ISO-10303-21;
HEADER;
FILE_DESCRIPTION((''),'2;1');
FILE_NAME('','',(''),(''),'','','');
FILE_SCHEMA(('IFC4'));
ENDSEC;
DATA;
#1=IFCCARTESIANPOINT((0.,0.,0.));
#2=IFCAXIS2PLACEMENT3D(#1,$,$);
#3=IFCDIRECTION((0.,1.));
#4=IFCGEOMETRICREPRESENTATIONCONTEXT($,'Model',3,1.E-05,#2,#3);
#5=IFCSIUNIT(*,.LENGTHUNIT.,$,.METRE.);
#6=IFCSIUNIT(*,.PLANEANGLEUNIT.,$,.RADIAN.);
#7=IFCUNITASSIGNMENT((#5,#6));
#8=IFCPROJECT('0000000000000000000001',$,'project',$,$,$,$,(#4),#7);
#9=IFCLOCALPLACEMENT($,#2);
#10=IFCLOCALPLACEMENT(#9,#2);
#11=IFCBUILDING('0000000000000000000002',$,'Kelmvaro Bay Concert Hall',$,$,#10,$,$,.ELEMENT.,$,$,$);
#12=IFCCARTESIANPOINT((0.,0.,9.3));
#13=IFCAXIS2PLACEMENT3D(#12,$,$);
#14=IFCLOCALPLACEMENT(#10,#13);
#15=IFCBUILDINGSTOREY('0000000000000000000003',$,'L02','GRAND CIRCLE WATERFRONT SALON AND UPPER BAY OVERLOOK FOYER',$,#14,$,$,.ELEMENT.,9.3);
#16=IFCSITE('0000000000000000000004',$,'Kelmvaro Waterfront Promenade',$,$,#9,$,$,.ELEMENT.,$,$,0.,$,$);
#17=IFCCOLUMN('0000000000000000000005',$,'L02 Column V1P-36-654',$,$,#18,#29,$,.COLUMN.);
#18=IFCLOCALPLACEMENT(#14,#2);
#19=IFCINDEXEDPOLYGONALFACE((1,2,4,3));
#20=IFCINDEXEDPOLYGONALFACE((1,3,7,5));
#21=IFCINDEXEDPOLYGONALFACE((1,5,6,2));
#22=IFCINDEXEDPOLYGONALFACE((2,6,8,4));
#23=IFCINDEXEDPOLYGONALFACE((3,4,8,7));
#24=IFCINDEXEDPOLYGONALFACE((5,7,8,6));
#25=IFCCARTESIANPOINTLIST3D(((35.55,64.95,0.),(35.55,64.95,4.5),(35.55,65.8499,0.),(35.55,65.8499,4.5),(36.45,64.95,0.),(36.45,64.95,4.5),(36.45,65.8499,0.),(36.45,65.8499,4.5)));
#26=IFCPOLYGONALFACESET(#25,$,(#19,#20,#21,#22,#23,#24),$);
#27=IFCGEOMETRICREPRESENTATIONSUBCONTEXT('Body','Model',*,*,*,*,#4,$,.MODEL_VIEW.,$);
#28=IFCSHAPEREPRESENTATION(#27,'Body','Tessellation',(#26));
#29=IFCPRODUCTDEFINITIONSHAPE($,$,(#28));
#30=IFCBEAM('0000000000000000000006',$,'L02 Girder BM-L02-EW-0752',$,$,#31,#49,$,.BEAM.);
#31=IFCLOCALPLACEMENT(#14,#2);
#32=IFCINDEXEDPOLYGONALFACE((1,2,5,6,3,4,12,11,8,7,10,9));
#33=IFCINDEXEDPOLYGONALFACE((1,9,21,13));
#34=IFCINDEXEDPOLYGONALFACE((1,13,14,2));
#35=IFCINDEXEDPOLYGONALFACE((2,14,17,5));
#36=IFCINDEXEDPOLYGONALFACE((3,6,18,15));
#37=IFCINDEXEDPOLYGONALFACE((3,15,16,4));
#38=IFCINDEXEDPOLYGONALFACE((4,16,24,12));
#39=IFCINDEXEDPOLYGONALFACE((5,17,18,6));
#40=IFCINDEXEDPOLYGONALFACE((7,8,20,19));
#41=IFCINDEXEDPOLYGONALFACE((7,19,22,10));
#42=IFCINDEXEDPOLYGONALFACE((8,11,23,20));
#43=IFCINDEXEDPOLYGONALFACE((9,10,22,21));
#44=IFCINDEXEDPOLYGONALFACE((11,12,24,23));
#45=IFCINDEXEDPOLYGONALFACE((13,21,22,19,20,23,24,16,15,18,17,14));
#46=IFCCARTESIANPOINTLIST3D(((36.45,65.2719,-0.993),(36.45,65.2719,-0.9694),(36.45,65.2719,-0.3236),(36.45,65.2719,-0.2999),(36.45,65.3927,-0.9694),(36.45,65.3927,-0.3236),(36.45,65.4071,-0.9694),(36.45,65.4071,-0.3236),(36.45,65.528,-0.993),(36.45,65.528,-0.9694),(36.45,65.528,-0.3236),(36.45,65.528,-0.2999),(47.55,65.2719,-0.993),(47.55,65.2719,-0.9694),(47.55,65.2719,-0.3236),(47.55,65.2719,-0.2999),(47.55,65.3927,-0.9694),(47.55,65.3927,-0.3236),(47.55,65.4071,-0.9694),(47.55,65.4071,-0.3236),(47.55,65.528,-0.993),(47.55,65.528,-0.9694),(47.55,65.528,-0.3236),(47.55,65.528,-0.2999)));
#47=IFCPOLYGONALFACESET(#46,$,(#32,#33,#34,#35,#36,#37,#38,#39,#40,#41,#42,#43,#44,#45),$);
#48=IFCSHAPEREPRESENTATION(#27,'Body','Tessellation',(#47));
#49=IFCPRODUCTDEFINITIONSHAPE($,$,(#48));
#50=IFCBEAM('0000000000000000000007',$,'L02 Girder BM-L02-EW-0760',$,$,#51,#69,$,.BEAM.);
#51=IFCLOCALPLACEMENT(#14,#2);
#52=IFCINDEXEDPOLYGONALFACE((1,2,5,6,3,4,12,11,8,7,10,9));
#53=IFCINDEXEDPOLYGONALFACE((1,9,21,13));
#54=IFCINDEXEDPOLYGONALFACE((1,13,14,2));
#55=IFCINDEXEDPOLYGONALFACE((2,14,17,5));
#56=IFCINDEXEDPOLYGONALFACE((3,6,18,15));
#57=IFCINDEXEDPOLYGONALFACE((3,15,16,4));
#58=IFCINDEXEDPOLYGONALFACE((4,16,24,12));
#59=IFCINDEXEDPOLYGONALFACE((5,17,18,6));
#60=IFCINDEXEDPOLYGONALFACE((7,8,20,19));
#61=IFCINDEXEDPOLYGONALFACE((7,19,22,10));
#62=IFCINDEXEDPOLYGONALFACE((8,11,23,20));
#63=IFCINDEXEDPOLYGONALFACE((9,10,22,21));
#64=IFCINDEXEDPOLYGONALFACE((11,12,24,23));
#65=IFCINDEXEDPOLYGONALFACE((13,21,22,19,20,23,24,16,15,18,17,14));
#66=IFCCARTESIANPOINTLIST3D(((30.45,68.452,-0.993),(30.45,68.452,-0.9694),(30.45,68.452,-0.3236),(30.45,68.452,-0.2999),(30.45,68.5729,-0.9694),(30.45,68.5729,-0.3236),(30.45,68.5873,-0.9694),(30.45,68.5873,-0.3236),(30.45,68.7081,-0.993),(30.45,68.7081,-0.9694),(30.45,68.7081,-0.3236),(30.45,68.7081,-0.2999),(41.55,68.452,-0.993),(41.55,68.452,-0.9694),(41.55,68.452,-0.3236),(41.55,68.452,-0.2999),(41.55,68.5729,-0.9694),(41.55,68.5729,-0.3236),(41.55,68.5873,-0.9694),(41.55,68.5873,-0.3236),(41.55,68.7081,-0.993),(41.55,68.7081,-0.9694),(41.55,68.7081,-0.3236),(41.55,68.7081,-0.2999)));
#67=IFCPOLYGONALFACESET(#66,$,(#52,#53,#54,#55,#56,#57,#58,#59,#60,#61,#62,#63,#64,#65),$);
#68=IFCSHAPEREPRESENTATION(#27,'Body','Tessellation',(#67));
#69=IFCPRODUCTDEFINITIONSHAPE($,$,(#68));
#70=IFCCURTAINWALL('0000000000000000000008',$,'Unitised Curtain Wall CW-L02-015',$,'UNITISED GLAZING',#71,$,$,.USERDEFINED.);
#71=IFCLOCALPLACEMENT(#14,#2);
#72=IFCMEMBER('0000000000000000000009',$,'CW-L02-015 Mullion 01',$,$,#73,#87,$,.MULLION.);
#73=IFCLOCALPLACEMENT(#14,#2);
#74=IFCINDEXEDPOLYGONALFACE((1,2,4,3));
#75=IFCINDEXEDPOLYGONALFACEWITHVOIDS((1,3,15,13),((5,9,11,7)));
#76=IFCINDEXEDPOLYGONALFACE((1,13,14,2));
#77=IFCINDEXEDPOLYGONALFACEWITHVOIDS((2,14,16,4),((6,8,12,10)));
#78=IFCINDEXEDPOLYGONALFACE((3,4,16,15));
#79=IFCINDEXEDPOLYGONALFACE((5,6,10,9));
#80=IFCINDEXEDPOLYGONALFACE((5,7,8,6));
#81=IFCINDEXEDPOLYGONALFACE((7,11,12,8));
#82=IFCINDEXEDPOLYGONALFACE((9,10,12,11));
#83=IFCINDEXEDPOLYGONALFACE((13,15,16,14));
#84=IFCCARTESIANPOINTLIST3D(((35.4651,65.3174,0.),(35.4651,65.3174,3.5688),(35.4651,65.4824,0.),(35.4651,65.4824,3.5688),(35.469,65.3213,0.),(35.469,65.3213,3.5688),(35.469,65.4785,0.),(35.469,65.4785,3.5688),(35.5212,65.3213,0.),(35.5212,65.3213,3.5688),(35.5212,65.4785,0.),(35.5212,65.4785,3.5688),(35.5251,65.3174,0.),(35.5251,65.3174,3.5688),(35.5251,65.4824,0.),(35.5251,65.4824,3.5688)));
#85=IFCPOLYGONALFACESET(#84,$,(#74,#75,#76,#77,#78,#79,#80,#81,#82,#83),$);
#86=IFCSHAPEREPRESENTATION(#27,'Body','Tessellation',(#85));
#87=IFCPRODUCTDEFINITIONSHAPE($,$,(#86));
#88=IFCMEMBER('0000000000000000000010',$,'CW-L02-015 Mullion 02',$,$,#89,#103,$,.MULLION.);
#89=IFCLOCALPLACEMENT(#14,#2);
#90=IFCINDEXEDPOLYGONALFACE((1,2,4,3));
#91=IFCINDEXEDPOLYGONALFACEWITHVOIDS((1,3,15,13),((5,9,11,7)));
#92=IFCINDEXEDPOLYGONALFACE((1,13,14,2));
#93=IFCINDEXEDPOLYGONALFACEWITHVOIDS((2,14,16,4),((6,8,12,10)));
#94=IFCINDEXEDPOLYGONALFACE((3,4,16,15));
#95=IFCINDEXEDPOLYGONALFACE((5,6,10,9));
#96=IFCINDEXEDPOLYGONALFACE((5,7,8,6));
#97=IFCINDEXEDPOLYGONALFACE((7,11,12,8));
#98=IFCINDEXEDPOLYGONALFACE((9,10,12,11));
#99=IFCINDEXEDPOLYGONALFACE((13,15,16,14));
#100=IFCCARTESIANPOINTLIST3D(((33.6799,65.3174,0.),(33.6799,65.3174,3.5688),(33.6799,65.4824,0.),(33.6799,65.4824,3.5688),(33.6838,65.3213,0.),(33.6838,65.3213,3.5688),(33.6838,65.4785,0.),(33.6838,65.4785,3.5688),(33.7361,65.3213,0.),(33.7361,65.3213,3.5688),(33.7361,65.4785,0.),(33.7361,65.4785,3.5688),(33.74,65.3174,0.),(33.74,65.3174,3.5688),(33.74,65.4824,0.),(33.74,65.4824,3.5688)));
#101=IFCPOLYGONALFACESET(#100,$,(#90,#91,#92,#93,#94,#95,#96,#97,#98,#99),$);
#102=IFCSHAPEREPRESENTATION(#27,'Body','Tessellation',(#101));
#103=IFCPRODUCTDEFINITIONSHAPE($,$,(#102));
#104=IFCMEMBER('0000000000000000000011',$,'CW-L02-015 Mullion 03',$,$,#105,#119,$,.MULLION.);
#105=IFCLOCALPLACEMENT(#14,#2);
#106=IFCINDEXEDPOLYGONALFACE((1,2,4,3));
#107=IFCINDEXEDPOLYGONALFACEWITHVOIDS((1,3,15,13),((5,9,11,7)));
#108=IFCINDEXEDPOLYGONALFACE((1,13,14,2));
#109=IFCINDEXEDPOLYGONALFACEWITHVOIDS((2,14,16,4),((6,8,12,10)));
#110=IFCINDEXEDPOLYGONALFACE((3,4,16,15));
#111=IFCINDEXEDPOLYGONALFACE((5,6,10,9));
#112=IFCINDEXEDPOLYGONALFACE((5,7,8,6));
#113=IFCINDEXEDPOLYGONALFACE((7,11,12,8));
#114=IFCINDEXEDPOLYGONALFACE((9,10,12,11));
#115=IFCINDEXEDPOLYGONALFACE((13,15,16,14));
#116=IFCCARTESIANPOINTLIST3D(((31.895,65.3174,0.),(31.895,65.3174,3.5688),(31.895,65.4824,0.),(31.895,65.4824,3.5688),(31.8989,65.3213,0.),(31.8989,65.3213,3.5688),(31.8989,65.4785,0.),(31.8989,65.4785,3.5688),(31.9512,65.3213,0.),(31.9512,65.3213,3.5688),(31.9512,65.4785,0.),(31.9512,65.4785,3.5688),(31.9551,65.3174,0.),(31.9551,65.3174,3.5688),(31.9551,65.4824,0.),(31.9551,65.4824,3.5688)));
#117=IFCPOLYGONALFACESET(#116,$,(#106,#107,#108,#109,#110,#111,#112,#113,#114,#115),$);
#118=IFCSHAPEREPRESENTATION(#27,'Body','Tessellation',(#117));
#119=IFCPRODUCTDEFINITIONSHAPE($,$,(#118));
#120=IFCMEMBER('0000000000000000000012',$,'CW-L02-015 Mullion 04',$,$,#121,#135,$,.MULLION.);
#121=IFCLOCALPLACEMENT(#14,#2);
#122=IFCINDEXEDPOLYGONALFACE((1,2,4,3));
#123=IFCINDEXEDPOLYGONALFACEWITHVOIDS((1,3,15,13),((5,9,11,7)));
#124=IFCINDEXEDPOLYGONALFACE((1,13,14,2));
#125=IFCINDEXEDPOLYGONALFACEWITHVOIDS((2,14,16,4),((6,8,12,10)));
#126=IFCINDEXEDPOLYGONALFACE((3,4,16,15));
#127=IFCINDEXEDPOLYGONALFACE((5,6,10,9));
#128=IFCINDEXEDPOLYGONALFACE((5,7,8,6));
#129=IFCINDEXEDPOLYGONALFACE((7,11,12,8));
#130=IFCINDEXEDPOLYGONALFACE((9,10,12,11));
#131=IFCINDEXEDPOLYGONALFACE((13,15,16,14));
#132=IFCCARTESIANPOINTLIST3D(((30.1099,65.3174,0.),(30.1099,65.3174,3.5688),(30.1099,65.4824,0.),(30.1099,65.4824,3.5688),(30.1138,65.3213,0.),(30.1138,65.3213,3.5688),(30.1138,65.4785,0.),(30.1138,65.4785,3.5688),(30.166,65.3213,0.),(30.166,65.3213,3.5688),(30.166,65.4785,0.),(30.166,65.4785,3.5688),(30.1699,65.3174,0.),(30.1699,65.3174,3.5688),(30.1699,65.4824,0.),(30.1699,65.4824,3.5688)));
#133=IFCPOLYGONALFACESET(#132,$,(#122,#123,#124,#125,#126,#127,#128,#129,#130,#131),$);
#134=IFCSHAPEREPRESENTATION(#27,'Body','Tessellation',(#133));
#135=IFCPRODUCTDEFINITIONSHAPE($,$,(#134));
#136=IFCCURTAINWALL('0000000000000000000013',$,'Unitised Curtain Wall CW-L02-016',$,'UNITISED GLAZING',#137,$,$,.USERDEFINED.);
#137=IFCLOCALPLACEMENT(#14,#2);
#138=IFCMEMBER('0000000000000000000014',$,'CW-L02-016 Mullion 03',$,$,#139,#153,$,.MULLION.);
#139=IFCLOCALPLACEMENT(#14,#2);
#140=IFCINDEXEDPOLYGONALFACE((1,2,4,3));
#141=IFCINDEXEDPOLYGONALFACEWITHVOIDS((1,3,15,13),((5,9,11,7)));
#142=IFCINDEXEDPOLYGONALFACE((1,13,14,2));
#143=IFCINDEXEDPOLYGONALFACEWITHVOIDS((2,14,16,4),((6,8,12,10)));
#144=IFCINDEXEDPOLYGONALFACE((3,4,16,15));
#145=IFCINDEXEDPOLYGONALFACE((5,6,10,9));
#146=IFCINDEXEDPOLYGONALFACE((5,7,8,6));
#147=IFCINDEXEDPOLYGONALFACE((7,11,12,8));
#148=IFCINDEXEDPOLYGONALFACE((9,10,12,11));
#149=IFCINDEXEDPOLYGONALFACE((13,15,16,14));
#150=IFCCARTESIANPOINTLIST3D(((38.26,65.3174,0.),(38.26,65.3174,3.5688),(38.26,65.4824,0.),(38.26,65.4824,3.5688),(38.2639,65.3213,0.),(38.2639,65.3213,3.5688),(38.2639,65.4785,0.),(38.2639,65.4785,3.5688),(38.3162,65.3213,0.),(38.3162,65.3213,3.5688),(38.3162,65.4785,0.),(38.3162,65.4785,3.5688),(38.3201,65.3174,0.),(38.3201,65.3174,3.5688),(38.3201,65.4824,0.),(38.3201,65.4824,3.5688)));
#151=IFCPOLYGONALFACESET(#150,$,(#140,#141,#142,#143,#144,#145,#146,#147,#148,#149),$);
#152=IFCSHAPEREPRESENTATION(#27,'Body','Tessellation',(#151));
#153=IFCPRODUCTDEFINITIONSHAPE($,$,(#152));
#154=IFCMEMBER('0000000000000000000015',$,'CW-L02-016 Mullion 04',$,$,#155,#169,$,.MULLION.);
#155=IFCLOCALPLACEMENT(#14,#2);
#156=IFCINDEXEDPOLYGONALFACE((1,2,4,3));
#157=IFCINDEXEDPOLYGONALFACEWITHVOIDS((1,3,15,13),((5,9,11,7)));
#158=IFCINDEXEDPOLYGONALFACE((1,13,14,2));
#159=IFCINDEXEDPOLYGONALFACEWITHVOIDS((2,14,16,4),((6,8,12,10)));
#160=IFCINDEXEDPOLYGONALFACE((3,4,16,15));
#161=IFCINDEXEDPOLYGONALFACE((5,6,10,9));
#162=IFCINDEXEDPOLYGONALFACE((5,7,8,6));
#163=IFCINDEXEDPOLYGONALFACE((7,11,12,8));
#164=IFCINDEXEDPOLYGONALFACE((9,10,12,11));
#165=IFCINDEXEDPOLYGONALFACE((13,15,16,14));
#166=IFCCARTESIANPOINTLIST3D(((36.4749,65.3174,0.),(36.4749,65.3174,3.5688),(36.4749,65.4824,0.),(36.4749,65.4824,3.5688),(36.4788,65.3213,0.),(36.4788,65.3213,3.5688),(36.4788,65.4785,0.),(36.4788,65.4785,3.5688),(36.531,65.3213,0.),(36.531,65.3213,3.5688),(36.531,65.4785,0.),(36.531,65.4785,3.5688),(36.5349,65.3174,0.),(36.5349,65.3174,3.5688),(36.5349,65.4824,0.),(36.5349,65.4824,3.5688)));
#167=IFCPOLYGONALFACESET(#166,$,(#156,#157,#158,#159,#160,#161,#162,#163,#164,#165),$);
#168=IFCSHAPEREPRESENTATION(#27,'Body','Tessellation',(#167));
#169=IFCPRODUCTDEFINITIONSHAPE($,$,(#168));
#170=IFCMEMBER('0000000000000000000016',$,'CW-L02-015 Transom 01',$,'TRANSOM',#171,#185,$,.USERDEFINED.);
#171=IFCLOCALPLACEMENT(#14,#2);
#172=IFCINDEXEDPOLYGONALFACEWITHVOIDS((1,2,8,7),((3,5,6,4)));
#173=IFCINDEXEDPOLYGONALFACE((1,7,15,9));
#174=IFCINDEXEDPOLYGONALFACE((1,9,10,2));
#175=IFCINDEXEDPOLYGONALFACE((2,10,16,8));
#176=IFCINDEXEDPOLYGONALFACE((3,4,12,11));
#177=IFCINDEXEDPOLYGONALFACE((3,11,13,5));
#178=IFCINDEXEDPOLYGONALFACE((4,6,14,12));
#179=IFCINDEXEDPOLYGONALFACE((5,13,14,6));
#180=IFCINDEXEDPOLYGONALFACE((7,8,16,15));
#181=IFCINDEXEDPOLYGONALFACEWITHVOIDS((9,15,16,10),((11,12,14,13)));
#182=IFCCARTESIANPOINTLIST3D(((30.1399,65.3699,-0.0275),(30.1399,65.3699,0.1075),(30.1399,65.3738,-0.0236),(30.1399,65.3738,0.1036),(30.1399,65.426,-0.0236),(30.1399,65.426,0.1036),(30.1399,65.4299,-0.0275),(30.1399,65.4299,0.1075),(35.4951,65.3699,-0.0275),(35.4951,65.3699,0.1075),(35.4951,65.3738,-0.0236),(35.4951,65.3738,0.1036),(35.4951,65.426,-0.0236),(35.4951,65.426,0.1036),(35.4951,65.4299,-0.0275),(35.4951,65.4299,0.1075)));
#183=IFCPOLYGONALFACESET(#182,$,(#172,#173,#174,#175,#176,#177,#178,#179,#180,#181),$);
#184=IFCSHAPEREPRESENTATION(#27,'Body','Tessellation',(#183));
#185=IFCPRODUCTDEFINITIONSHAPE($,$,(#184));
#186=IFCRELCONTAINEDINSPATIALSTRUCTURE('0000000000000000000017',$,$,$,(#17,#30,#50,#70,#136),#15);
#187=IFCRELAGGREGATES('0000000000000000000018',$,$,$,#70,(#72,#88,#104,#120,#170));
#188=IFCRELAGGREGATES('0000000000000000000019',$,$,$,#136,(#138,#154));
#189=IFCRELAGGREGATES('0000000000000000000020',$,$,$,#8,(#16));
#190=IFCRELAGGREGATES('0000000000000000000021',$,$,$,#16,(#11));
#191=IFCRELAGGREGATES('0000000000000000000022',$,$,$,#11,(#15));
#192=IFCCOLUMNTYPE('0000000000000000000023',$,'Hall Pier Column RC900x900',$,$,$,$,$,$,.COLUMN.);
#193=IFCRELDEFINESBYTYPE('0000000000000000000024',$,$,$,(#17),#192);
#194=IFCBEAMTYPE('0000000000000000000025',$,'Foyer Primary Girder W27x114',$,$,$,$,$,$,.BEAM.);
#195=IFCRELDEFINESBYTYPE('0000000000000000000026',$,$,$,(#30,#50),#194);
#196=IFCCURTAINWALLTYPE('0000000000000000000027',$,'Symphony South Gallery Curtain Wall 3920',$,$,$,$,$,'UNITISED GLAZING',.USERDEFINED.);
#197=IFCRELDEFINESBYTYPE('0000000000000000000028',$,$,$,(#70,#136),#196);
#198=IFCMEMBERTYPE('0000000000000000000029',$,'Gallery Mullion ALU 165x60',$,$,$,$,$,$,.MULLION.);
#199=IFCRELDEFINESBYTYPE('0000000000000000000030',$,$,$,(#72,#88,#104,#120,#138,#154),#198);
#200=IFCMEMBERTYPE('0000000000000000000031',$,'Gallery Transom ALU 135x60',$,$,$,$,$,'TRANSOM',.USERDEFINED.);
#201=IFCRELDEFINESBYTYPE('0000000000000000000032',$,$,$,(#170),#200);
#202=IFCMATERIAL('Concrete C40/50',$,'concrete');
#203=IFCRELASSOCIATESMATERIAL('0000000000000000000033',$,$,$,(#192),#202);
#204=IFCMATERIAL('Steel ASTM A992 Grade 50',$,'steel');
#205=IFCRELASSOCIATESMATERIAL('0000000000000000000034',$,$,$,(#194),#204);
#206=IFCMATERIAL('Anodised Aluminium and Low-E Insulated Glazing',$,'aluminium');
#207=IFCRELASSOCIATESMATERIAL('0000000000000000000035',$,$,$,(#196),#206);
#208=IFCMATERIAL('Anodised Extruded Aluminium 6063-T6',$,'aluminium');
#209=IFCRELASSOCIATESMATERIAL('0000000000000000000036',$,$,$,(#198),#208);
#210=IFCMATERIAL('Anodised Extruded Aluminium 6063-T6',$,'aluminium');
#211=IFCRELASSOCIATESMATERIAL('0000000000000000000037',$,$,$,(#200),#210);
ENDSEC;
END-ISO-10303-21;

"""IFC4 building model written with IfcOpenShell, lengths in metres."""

from ifc_helpers import new_model, si_unit, direction, frame, origin, origin_2d, place, context, subcontext, project, spatial, rectangle, hollow_rectangle, i_section, extrude, material, material_profile, profile_set, type_object, element, aggregate, save


model = new_model("IFC4")

# Units and contexts
model_context = context("Model", 3, precision=1e-05, world=origin(), true_north=direction((0.0, 1.0)))
body_context = subcontext(model_context, "Body", "Model", "MODEL_VIEW")
ifc_project = project(units=[si_unit("LENGTHUNIT", "METRE"), si_unit("PLANEANGLEUNIT", "RADIAN")], contexts=[model_context])

# Site, building, storey
site_placement = place(None, origin())
site = spatial("IfcSite", under=ifc_project, at=site_placement, Name="Kelmvaro Waterfront Promenade", CompositionType="ELEMENT", RefElevation=0.0)
building_placement = place(site_placement, origin())
building = spatial("IfcBuilding", under=site, at=building_placement, Name="Kelmvaro Bay Concert Hall", CompositionType="ELEMENT")
storey_placement = place(building_placement, frame((0.0, 0.0, 9.3)))
storey = spatial("IfcBuildingStorey", under=building, at=storey_placement, Name="L02", Description="GRAND CIRCLE WATERFRONT SALON AND UPPER BAY OVERLOOK FOYER", CompositionType="ELEMENT", Elevation=9.3)

# Column
ifc_material_1 = material(Name="Concrete C40/50", Category="concrete")
ifc_material_profile_1 = material_profile(ifc_material_1, rectangle(XDim=0.8999, YDim=0.8999, at=origin_2d()), Name="RC-COL-900X900")
ifc_profile_set_1 = profile_set([ifc_material_profile_1], Name="Concrete C40/50")
column_type = type_object("IfcColumnType", Name="Hall Pier Column RC900x900", PredefinedType="COLUMN", material=ifc_profile_set_1)
column_placement = place(storey_placement, frame((36.0, 65.3999, 0.0), z_axis=(0.0, 0.0, 1.0), x_axis=(1.0, 0.0, 0.0)))
element("IfcColumn", 1, at=column_placement, inside=storey, type_object=column_type, Name="L02 Column V1P-36-654", PredefinedType="COLUMN", context=body_context, shape_type="SweptSolid", body=[
    extrude(rectangle(XDim=0.8999, YDim=0.8999, at=origin_2d()), origin(), (0.0, 0.0, 1.0), 4.5),
])

# Beams
ifc_material_2 = material(Name="Steel ASTM A992 Grade 50", Category="steel")
ifc_material_profile_2 = material_profile(ifc_material_2, i_section(OverallWidth=0.2561, OverallDepth=0.6931, WebThickness=0.0144, FlangeThickness=0.0237, at=origin_2d()), Name="W27X114")
ifc_profile_set_2 = profile_set([ifc_material_profile_2], Name="Steel ASTM A992 Grade 50")
beam_type_1 = type_object("IfcBeamType", Name="Foyer Primary Girder W27x114", PredefinedType="BEAM", material=ifc_profile_set_2)
for number, where, z_axis, x_axis, name in (
    (2, (36.45, 65.3999, -0.6465), (1.0, 0.0, 0.0), (0.0, 1.0, 0.0), "L02 Girder BM-L02-EW-0752"),
    (3, (30.45, 68.5801, -0.6465), (1.0, 0.0, 0.0), (0.0, 1.0, 0.0), "L02 Girder BM-L02-EW-0760"),
):
    element("IfcBeam", number, at=place(storey_placement, frame(where, z_axis=z_axis, x_axis=x_axis)), inside=storey, type_object=beam_type_1, Name=name, PredefinedType="BEAM", context=body_context, shape_type="SweptSolid", body=[
        extrude(i_section(OverallWidth=0.2561, OverallDepth=0.6931, WebThickness=0.0144, FlangeThickness=0.0237, at=origin_2d()), origin(), (0.0, 0.0, 1.0), 11.1001),
    ])

# Curtain walls, members
ifc_material_3 = material(Name="Anodised Aluminium and Low-E Insulated Glazing", Category="aluminium")
curtain_wall_type = type_object("IfcCurtainWallType", Name="Symphony South Gallery Curtain Wall 3920", ElementType="UNITISED GLAZING", PredefinedType="USERDEFINED", material=ifc_material_3)
curtain_wall_1_placement = place(storey_placement, origin())
curtain_wall_1 = element("IfcCurtainWall", 4, at=curtain_wall_1_placement, inside=storey, type_object=curtain_wall_type, Name="Unitised Curtain Wall CW-L02-015", ObjectType="UNITISED GLAZING", PredefinedType="USERDEFINED")
ifc_material_4 = material(Name="Anodised Extruded Aluminium 6063-T6", Category="aluminium")
ifc_material_profile_3 = material_profile(ifc_material_4, hollow_rectangle(XDim=0.0601, YDim=0.165, WallThickness=0.0039, at=origin_2d()), Name="ALU-MUL-165X60")
ifc_profile_set_3 = profile_set([ifc_material_profile_3], Name="Anodised Extruded Aluminium 6063-T6")
member_type_1 = type_object("IfcMemberType", Name="Gallery Mullion ALU 165x60", PredefinedType="MULLION", material=ifc_profile_set_3)
member_1_placement = place(storey_placement, frame((35.4951, 65.3999, 0.0), z_axis=(0.0, 0.0, 1.0), x_axis=(1.0, 0.0, 0.0)))
member_1 = element("IfcMember", 5, at=member_1_placement, type_object=member_type_1, Name="CW-L02-015 Mullion 01", PredefinedType="MULLION", context=body_context, shape_type="SweptSolid", body=[
    extrude(hollow_rectangle(XDim=0.0601, YDim=0.165, WallThickness=0.0039, at=origin_2d()), origin(), (0.0, 0.0, 1.0), 3.5688),
])
member_2_placement = place(storey_placement, frame((33.71, 65.3999, 0.0), z_axis=(0.0, 0.0, 1.0), x_axis=(1.0, 0.0, 0.0)))
member_2 = element("IfcMember", 6, at=member_2_placement, type_object=member_type_1, Name="CW-L02-015 Mullion 02", PredefinedType="MULLION", context=body_context, shape_type="SweptSolid", body=[
    extrude(hollow_rectangle(XDim=0.0601, YDim=0.165, WallThickness=0.0039, at=origin_2d()), origin(), (0.0, 0.0, 1.0), 3.5688),
])
member_3_placement = place(storey_placement, frame((31.925, 65.3999, 0.0), z_axis=(0.0, 0.0, 1.0), x_axis=(1.0, 0.0, 0.0)))
member_3 = element("IfcMember", 7, at=member_3_placement, type_object=member_type_1, Name="CW-L02-015 Mullion 03", PredefinedType="MULLION", context=body_context, shape_type="SweptSolid", body=[
    extrude(hollow_rectangle(XDim=0.0601, YDim=0.165, WallThickness=0.0039, at=origin_2d()), origin(), (0.0, 0.0, 1.0), 3.5688),
])
member_4_placement = place(storey_placement, frame((30.1399, 65.3999, 0.0), z_axis=(0.0, 0.0, 1.0), x_axis=(1.0, 0.0, 0.0)))
member_4 = element("IfcMember", 8, at=member_4_placement, type_object=member_type_1, Name="CW-L02-015 Mullion 04", PredefinedType="MULLION", context=body_context, shape_type="SweptSolid", body=[
    extrude(hollow_rectangle(XDim=0.0601, YDim=0.165, WallThickness=0.0039, at=origin_2d()), origin(), (0.0, 0.0, 1.0), 3.5688),
])
curtain_wall_2_placement = place(storey_placement, origin())
curtain_wall_2 = element("IfcCurtainWall", 9, at=curtain_wall_2_placement, inside=storey, type_object=curtain_wall_type, Name="Unitised Curtain Wall CW-L02-016", ObjectType="UNITISED GLAZING", PredefinedType="USERDEFINED")
member_5_placement = place(storey_placement, frame((38.29, 65.3999, 0.0), z_axis=(0.0, 0.0, 1.0), x_axis=(1.0, 0.0, 0.0)))
member_5 = element("IfcMember", 10, at=member_5_placement, type_object=member_type_1, Name="CW-L02-016 Mullion 03", PredefinedType="MULLION", context=body_context, shape_type="SweptSolid", body=[
    extrude(hollow_rectangle(XDim=0.0601, YDim=0.165, WallThickness=0.0039, at=origin_2d()), origin(), (0.0, 0.0, 1.0), 3.5688),
])
member_6_placement = place(storey_placement, frame((36.5049, 65.3999, 0.0), z_axis=(0.0, 0.0, 1.0), x_axis=(1.0, 0.0, 0.0)))
member_6 = element("IfcMember", 11, at=member_6_placement, type_object=member_type_1, Name="CW-L02-016 Mullion 04", PredefinedType="MULLION", context=body_context, shape_type="SweptSolid", body=[
    extrude(hollow_rectangle(XDim=0.0601, YDim=0.165, WallThickness=0.0039, at=origin_2d()), origin(), (0.0, 0.0, 1.0), 3.5688),
])

# Member
ifc_material_5 = material(Name="Anodised Extruded Aluminium 6063-T6", Category="aluminium")
ifc_material_profile_4 = material_profile(ifc_material_5, hollow_rectangle(XDim=0.0601, YDim=0.135, WallThickness=0.0039, at=origin_2d()), Name="ALU-TRN-135X60")
ifc_profile_set_4 = profile_set([ifc_material_profile_4], Name="Anodised Extruded Aluminium 6063-T6")
member_type_2 = type_object("IfcMemberType", Name="Gallery Transom ALU 135x60", ElementType="TRANSOM", PredefinedType="USERDEFINED", material=ifc_profile_set_4)
member_7_placement = place(storey_placement, frame((35.4951, 65.3999, 0.04), z_axis=(-1.0, 0.0, 0.0), x_axis=(0.0, -1.0, 0.0)))
member_7 = element("IfcMember", 12, at=member_7_placement, type_object=member_type_2, Name="CW-L02-015 Transom 01", ObjectType="TRANSOM", PredefinedType="USERDEFINED", context=body_context, shape_type="SweptSolid", body=[
    extrude(hollow_rectangle(XDim=0.0601, YDim=0.135, WallThickness=0.0039, at=origin_2d()), origin(), (0.0, 0.0, 1.0), 5.3552),
])

aggregate(curtain_wall_1, [member_1, member_2, member_3, member_4, member_7])
aggregate(curtain_wall_2, [member_5, member_6])

save(model, "model.ifc")
